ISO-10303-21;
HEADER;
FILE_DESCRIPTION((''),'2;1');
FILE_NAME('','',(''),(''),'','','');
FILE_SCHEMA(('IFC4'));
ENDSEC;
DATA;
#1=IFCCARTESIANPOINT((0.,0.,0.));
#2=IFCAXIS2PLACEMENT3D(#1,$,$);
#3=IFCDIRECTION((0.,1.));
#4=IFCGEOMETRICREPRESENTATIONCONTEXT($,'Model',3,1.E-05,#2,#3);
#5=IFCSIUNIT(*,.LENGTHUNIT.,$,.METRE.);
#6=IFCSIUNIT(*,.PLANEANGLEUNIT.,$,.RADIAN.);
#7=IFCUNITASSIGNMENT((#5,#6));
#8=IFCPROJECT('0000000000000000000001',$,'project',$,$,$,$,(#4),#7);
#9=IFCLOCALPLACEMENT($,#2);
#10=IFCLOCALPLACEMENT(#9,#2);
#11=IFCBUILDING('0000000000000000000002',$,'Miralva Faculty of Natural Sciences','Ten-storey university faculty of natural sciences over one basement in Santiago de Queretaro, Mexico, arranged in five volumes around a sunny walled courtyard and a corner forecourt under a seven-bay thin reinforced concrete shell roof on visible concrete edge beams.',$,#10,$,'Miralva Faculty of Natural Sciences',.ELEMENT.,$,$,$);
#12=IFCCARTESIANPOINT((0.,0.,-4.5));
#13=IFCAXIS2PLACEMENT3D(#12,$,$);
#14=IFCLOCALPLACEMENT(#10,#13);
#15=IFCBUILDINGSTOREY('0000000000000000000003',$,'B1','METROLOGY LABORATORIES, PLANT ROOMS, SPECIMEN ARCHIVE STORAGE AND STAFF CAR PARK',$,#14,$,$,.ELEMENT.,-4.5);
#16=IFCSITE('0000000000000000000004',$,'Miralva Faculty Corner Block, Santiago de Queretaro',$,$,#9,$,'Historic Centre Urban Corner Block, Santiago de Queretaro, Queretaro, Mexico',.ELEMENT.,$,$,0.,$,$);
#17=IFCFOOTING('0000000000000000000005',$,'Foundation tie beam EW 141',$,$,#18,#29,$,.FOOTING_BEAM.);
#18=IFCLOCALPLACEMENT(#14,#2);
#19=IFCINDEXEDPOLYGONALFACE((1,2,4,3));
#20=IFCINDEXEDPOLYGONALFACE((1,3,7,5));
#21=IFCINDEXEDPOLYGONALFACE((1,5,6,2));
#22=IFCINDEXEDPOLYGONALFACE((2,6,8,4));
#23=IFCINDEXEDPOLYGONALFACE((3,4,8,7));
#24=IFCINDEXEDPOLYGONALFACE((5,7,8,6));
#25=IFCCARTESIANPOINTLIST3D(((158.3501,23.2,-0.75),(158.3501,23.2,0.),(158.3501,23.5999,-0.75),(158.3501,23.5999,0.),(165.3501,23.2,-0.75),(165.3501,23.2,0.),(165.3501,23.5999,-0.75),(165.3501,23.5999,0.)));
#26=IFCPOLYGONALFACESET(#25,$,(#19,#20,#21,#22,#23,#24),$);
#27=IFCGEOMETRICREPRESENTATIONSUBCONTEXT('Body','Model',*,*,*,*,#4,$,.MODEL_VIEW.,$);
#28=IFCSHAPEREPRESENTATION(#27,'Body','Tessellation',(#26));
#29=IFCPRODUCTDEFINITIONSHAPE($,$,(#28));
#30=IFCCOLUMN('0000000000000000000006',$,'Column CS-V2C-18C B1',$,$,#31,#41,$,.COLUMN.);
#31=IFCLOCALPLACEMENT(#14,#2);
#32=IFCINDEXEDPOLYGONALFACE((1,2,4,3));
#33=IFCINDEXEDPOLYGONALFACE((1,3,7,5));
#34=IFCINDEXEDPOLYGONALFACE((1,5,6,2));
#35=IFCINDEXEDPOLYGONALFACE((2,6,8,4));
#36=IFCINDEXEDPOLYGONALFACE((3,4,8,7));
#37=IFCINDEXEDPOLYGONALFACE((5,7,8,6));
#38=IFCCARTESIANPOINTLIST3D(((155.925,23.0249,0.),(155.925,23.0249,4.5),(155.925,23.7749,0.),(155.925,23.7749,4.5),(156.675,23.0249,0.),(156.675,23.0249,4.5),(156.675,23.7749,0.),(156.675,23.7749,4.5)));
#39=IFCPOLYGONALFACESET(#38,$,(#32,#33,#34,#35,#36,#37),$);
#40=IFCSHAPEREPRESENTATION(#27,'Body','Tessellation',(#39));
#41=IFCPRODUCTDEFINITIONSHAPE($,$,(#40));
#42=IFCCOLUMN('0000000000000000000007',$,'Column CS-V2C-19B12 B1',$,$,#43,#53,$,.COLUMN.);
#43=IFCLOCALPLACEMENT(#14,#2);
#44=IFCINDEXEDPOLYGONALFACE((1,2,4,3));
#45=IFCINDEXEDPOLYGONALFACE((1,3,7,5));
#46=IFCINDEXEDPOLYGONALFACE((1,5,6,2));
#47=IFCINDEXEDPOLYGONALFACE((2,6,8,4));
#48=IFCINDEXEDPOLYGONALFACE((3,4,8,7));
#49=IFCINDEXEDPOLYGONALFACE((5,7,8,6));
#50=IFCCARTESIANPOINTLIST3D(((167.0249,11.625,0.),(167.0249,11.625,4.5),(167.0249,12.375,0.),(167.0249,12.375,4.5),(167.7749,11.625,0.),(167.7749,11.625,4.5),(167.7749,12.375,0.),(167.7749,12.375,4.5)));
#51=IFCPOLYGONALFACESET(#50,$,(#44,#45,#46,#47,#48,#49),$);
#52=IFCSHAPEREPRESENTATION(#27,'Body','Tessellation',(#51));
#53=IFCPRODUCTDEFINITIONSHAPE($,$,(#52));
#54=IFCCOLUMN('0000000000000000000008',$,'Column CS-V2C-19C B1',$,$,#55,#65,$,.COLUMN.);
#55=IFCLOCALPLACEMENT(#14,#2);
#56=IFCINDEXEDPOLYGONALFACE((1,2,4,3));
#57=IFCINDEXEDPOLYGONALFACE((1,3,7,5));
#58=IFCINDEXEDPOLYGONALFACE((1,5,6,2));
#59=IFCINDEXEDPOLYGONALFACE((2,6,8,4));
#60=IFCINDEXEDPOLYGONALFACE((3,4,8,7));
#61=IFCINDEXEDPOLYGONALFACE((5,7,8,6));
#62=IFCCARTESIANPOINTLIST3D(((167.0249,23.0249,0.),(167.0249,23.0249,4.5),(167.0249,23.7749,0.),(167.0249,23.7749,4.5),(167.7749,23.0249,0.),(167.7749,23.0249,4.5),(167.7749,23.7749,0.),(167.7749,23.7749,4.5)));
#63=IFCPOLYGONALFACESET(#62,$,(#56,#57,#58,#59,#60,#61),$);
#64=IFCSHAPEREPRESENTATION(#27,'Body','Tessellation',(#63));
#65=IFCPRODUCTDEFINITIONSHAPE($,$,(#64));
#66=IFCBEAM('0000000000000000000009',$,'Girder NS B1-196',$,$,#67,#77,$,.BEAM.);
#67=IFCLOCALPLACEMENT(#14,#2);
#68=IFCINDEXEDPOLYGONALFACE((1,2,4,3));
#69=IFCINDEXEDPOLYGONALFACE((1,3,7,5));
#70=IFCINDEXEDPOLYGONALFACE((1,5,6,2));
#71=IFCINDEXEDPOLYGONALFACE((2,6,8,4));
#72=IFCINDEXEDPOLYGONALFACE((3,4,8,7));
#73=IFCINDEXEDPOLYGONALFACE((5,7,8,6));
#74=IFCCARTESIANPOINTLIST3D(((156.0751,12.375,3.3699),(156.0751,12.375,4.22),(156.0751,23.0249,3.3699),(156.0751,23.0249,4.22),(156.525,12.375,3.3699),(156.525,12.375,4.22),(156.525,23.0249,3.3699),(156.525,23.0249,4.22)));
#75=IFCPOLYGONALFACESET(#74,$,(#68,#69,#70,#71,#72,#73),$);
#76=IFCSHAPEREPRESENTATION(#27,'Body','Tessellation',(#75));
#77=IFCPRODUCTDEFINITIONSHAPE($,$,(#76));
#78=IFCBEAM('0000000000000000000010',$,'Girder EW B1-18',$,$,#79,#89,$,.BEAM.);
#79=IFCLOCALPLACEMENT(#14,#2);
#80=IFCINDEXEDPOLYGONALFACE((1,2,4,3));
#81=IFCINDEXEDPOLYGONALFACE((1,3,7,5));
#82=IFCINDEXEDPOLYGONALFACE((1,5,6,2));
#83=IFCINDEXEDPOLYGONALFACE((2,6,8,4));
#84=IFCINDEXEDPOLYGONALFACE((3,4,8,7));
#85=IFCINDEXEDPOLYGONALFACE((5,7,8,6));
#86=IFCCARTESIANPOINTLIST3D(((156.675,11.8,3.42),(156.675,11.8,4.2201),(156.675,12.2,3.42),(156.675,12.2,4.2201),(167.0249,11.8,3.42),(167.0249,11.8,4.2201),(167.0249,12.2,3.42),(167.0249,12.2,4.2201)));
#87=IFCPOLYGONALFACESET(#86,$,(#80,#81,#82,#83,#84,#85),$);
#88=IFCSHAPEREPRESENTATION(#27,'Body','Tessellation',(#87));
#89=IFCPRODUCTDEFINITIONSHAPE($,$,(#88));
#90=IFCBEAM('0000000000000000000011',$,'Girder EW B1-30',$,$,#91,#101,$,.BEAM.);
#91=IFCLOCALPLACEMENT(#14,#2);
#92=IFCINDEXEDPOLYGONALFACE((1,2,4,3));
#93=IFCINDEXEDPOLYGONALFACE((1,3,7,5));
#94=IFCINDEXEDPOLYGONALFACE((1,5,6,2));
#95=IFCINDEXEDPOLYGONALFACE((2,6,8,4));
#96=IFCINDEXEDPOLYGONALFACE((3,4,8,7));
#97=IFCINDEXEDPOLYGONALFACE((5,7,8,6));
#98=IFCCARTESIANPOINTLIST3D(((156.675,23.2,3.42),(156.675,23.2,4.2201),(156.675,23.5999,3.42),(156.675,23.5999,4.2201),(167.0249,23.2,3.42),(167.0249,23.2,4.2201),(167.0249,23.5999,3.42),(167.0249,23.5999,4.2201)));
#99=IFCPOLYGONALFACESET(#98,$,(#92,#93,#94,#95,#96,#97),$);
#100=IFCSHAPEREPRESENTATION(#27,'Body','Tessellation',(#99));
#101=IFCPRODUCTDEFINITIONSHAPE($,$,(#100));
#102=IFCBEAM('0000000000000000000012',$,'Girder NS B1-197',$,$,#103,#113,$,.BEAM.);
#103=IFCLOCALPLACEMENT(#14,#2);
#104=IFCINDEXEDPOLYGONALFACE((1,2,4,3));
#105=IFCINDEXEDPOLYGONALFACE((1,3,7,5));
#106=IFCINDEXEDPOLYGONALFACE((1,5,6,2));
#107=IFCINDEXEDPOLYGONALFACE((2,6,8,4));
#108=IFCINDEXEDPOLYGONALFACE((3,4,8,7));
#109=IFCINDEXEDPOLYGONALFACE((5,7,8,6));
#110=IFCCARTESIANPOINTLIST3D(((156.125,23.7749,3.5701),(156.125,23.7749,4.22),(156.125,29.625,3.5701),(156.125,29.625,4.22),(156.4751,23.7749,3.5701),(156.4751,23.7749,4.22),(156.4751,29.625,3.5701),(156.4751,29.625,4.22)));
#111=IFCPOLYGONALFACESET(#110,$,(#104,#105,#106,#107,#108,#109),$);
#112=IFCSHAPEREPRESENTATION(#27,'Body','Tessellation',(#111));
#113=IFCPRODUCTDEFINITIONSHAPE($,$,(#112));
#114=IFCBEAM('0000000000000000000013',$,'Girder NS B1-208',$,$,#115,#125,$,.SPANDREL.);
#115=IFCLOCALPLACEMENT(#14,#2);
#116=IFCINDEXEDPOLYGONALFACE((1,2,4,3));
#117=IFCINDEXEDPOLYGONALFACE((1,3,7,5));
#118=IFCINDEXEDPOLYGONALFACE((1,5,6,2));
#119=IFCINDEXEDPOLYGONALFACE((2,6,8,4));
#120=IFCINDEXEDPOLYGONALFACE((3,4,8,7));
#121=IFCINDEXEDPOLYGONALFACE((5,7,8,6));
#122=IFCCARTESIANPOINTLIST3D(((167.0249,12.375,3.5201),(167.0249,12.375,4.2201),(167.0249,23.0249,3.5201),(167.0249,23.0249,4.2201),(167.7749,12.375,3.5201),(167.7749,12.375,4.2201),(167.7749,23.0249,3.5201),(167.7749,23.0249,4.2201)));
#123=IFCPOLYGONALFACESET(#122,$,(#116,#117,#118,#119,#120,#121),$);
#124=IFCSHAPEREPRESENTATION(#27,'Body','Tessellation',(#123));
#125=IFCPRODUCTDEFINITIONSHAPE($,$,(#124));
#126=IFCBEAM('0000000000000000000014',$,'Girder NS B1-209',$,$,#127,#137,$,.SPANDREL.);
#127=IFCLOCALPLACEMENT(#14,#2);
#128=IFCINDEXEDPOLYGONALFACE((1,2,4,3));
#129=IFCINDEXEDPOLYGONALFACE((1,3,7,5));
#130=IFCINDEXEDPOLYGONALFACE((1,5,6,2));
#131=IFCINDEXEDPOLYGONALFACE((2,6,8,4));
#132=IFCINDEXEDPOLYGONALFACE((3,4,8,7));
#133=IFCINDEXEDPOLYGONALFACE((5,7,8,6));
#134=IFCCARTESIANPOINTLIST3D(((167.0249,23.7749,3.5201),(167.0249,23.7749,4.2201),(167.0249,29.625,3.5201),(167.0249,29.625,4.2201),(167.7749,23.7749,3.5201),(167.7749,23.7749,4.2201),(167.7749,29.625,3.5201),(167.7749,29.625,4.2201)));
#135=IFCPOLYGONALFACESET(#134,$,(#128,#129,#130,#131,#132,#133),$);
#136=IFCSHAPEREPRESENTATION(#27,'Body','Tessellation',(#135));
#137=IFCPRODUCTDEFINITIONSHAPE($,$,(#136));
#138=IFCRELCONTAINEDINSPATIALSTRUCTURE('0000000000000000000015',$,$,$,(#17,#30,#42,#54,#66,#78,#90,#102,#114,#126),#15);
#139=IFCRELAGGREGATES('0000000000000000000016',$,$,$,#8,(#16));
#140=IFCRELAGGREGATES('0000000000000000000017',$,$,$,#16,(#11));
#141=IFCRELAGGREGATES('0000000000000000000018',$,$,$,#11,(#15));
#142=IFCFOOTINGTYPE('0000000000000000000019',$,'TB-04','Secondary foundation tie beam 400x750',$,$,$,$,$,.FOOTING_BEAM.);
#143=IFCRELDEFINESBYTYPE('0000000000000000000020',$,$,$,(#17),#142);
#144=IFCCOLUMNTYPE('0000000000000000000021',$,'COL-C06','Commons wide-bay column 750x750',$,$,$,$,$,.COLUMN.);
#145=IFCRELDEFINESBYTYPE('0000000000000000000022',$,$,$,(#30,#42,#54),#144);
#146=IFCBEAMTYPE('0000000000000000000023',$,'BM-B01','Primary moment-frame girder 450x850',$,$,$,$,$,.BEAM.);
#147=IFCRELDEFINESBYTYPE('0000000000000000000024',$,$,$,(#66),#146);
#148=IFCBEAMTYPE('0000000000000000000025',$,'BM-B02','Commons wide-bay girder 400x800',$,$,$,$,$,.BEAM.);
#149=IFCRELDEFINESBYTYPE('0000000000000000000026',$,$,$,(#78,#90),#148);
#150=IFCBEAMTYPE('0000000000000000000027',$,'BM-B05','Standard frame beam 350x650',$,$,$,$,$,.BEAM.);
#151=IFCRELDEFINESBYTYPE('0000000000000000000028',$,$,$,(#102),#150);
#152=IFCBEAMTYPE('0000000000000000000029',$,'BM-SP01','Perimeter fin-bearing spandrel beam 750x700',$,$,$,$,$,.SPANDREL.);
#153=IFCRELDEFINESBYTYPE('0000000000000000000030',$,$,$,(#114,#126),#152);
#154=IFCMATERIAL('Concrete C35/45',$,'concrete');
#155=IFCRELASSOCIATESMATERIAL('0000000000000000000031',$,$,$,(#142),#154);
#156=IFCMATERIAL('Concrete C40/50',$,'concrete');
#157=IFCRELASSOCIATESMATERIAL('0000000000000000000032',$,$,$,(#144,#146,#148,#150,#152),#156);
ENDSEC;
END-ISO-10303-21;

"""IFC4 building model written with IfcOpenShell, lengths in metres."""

from ifc_helpers import new_model, si_unit, direction, frame, origin, origin_2d, place, context, subcontext, project, spatial, rectangle, extrude, material, material_profile, profile_set, type_object, element, save


model = new_model("IFC4")

# Units and contexts
model_context = context("Model", 3, precision=1e-05, world=origin(), true_north=direction((0.0, 1.0)))
body_context = subcontext(model_context, "Body", "Model", "MODEL_VIEW")
ifc_project = project(units=[si_unit("LENGTHUNIT", "METRE"), si_unit("PLANEANGLEUNIT", "RADIAN")], contexts=[model_context])

# Site, building, storey
site_placement = place(None, origin())
site = spatial("IfcSite", under=ifc_project, at=site_placement, Name="Miralva Faculty Corner Block, Santiago de Queretaro", LongName="Historic Centre Urban Corner Block, Santiago de Queretaro, Queretaro, Mexico", CompositionType="ELEMENT", RefElevation=0.0)
building_placement = place(site_placement, origin())
building = spatial("IfcBuilding", under=site, at=building_placement, Name="Miralva Faculty of Natural Sciences", Description="Ten-storey university faculty of natural sciences over one basement in Santiago de Queretaro, Mexico, arranged in five volumes around a sunny walled courtyard and a corner forecourt under a seven-bay thin reinforced concrete shell roof on visible concrete edge beams.", LongName="Miralva Faculty of Natural Sciences", CompositionType="ELEMENT")
storey_placement = place(building_placement, frame((0.0, 0.0, -4.5)))
storey = spatial("IfcBuildingStorey", under=building, at=storey_placement, Name="B1", Description="METROLOGY LABORATORIES, PLANT ROOMS, SPECIMEN ARCHIVE STORAGE AND STAFF CAR PARK", CompositionType="ELEMENT", Elevation=-4.5)

# Shared definitions
ifc_material_1 = material(Name="Concrete C35/45", Category="concrete")

# Footing
ifc_material_profile_1 = material_profile(ifc_material_1, rectangle(XDim=0.3999, YDim=0.75, at=origin_2d()), Name="RC 400x750")
ifc_profile_set_1 = profile_set([ifc_material_profile_1], Name="Concrete C35/45")
footing_type_1 = type_object("IfcFootingType", Name="TB-04", Description="Secondary foundation tie beam 400x750", PredefinedType="FOOTING_BEAM", material=ifc_profile_set_1)
footing_1_placement = place(storey_placement, frame((158.3501, 23.3999, -0.375), z_axis=(1.0, 0.0, 0.0), x_axis=(0.0, 1.0, 0.0)))
element("IfcFooting", 1, at=footing_1_placement, inside=storey, type_object=footing_type_1, Name="Foundation tie beam EW 141", PredefinedType="FOOTING_BEAM", context=body_context, shape_type="SweptSolid", body=[
    extrude(rectangle(XDim=0.3999, YDim=0.75, at=origin_2d()), origin(), (0.0, 0.0, 1.0), 7.0),
])

# Columns
ifc_material_2 = material(Name="Concrete C40/50", Category="concrete")
ifc_material_profile_2 = material_profile(ifc_material_2, rectangle(XDim=0.75, YDim=0.75, at=origin_2d()), Name="RC 750x750")
ifc_profile_set_2 = profile_set([ifc_material_profile_2], Name="Concrete C40/50")
column_type = type_object("IfcColumnType", Name="COL-C06", Description="Commons wide-bay column 750x750", PredefinedType="COLUMN", material=ifc_profile_set_2)
for number, where, z_axis, x_axis, name in (
    (2, (156.3, 23.3999, 0.0), (0.0, 0.0, 1.0), (1.0, 0.0, 0.0), "Column CS-V2C-18C B1"),
    (3, (167.3999, 12.0, 0.0), (0.0, 0.0, 1.0), (1.0, 0.0, 0.0), "Column CS-V2C-19B12 B1"),
    (4, (167.3999, 23.3999, 0.0), (0.0, 0.0, 1.0), (1.0, 0.0, 0.0), "Column CS-V2C-19C B1"),
):
    element("IfcColumn", number, at=place(storey_placement, frame(where, z_axis=z_axis, x_axis=x_axis)), inside=storey, type_object=column_type, Name=name, PredefinedType="COLUMN", context=body_context, shape_type="SweptSolid", body=[
        extrude(rectangle(XDim=0.75, YDim=0.75, at=origin_2d()), origin(), (0.0, 0.0, 1.0), 4.5),
    ])

# Beams
ifc_material_profile_3 = material_profile(ifc_material_2, rectangle(XDim=0.45, YDim=0.8501, at=origin_2d()), Name="RC 450x850")
ifc_profile_set_3 = profile_set([ifc_material_profile_3], Name="Concrete C40/50")
beam_type_1 = type_object("IfcBeamType", Name="BM-B01", Description="Primary moment-frame girder 450x850", PredefinedType="BEAM", material=ifc_profile_set_3)
beam_1_placement = place(storey_placement, frame((156.3, 12.375, 3.7949), z_axis=(0.0, 1.0, 0.0), x_axis=(-1.0, 0.0, 0.0)))
element("IfcBeam", 5, at=beam_1_placement, inside=storey, type_object=beam_type_1, Name="Girder NS B1-196", PredefinedType="BEAM", context=body_context, shape_type="SweptSolid", body=[
    extrude(rectangle(XDim=0.45, YDim=0.8501, at=origin_2d()), origin(), (0.0, 0.0, 1.0), 10.6499),
])
ifc_material_profile_4 = material_profile(ifc_material_2, rectangle(XDim=0.3999, YDim=0.8, at=origin_2d()), Name="RC 400x800")
ifc_profile_set_4 = profile_set([ifc_material_profile_4], Name="Concrete C40/50")
beam_type_2 = type_object("IfcBeamType", Name="BM-B02", Description="Commons wide-bay girder 400x800", PredefinedType="BEAM", material=ifc_profile_set_4)
for number, where, z_axis, x_axis, name in (
    (6, (156.675, 12.0, 3.8201), (1.0, 0.0, 0.0), (0.0, 1.0, 0.0), "Girder EW B1-18"),
    (7, (156.675, 23.3999, 3.8201), (1.0, 0.0, 0.0), (0.0, 1.0, 0.0), "Girder EW B1-30"),
):
    element("IfcBeam", number, at=place(storey_placement, frame(where, z_axis=z_axis, x_axis=x_axis)), inside=storey, type_object=beam_type_2, Name=name, PredefinedType="BEAM", context=body_context, shape_type="SweptSolid", body=[
        extrude(rectangle(XDim=0.3999, YDim=0.8, at=origin_2d()), origin(), (0.0, 0.0, 1.0), 10.3499),
    ])
ifc_material_profile_5 = material_profile(ifc_material_2, rectangle(XDim=0.3501, YDim=0.6499, at=origin_2d()), Name="RC 350x650")
ifc_profile_set_5 = profile_set([ifc_material_profile_5], Name="Concrete C40/50")
beam_type_3 = type_object("IfcBeamType", Name="BM-B05", Description="Standard frame beam 350x650", PredefinedType="BEAM", material=ifc_profile_set_5)
beam_2_placement = place(storey_placement, frame((156.3, 23.7749, 3.895), z_axis=(0.0, 1.0, 0.0), x_axis=(-1.0, 0.0, 0.0)))
element("IfcBeam", 8, at=beam_2_placement, inside=storey, type_object=beam_type_3, Name="Girder NS B1-197", PredefinedType="BEAM", context=body_context, shape_type="SweptSolid", body=[
    extrude(rectangle(XDim=0.3501, YDim=0.6499, at=origin_2d()), origin(), (0.0, 0.0, 1.0), 5.8501),
])
ifc_material_profile_6 = material_profile(ifc_material_2, rectangle(XDim=0.75, YDim=0.7, at=origin_2d()), Name="RC 750x700")
ifc_profile_set_6 = profile_set([ifc_material_profile_6], Name="Concrete C40/50")
beam_type_4 = type_object("IfcBeamType", Name="BM-SP01", Description="Perimeter fin-bearing spandrel beam 750x700", PredefinedType="SPANDREL", material=ifc_profile_set_6)
beam_3_placement = place(storey_placement, frame((167.3999, 12.375, 3.8701), z_axis=(0.0, 1.0, 0.0), x_axis=(-1.0, 0.0, 0.0)))
element("IfcBeam", 9, at=beam_3_placement, inside=storey, type_object=beam_type_4, Name="Girder NS B1-208", PredefinedType="SPANDREL", context=body_context, shape_type="SweptSolid", body=[
    extrude(rectangle(XDim=0.75, YDim=0.7, at=origin_2d()), origin(), (0.0, 0.0, 1.0), 10.6499),
])
beam_4_placement = place(storey_placement, frame((167.3999, 23.7749, 3.8701), z_axis=(0.0, 1.0, 0.0), x_axis=(-1.0, 0.0, 0.0)))
element("IfcBeam", 10, at=beam_4_placement, inside=storey, type_object=beam_type_4, Name="Girder NS B1-209", PredefinedType="SPANDREL", context=body_context, shape_type="SweptSolid", body=[
    extrude(rectangle(XDim=0.75, YDim=0.7, at=origin_2d()), origin(), (0.0, 0.0, 1.0), 5.8501),
])

save(model, "model.ifc")
